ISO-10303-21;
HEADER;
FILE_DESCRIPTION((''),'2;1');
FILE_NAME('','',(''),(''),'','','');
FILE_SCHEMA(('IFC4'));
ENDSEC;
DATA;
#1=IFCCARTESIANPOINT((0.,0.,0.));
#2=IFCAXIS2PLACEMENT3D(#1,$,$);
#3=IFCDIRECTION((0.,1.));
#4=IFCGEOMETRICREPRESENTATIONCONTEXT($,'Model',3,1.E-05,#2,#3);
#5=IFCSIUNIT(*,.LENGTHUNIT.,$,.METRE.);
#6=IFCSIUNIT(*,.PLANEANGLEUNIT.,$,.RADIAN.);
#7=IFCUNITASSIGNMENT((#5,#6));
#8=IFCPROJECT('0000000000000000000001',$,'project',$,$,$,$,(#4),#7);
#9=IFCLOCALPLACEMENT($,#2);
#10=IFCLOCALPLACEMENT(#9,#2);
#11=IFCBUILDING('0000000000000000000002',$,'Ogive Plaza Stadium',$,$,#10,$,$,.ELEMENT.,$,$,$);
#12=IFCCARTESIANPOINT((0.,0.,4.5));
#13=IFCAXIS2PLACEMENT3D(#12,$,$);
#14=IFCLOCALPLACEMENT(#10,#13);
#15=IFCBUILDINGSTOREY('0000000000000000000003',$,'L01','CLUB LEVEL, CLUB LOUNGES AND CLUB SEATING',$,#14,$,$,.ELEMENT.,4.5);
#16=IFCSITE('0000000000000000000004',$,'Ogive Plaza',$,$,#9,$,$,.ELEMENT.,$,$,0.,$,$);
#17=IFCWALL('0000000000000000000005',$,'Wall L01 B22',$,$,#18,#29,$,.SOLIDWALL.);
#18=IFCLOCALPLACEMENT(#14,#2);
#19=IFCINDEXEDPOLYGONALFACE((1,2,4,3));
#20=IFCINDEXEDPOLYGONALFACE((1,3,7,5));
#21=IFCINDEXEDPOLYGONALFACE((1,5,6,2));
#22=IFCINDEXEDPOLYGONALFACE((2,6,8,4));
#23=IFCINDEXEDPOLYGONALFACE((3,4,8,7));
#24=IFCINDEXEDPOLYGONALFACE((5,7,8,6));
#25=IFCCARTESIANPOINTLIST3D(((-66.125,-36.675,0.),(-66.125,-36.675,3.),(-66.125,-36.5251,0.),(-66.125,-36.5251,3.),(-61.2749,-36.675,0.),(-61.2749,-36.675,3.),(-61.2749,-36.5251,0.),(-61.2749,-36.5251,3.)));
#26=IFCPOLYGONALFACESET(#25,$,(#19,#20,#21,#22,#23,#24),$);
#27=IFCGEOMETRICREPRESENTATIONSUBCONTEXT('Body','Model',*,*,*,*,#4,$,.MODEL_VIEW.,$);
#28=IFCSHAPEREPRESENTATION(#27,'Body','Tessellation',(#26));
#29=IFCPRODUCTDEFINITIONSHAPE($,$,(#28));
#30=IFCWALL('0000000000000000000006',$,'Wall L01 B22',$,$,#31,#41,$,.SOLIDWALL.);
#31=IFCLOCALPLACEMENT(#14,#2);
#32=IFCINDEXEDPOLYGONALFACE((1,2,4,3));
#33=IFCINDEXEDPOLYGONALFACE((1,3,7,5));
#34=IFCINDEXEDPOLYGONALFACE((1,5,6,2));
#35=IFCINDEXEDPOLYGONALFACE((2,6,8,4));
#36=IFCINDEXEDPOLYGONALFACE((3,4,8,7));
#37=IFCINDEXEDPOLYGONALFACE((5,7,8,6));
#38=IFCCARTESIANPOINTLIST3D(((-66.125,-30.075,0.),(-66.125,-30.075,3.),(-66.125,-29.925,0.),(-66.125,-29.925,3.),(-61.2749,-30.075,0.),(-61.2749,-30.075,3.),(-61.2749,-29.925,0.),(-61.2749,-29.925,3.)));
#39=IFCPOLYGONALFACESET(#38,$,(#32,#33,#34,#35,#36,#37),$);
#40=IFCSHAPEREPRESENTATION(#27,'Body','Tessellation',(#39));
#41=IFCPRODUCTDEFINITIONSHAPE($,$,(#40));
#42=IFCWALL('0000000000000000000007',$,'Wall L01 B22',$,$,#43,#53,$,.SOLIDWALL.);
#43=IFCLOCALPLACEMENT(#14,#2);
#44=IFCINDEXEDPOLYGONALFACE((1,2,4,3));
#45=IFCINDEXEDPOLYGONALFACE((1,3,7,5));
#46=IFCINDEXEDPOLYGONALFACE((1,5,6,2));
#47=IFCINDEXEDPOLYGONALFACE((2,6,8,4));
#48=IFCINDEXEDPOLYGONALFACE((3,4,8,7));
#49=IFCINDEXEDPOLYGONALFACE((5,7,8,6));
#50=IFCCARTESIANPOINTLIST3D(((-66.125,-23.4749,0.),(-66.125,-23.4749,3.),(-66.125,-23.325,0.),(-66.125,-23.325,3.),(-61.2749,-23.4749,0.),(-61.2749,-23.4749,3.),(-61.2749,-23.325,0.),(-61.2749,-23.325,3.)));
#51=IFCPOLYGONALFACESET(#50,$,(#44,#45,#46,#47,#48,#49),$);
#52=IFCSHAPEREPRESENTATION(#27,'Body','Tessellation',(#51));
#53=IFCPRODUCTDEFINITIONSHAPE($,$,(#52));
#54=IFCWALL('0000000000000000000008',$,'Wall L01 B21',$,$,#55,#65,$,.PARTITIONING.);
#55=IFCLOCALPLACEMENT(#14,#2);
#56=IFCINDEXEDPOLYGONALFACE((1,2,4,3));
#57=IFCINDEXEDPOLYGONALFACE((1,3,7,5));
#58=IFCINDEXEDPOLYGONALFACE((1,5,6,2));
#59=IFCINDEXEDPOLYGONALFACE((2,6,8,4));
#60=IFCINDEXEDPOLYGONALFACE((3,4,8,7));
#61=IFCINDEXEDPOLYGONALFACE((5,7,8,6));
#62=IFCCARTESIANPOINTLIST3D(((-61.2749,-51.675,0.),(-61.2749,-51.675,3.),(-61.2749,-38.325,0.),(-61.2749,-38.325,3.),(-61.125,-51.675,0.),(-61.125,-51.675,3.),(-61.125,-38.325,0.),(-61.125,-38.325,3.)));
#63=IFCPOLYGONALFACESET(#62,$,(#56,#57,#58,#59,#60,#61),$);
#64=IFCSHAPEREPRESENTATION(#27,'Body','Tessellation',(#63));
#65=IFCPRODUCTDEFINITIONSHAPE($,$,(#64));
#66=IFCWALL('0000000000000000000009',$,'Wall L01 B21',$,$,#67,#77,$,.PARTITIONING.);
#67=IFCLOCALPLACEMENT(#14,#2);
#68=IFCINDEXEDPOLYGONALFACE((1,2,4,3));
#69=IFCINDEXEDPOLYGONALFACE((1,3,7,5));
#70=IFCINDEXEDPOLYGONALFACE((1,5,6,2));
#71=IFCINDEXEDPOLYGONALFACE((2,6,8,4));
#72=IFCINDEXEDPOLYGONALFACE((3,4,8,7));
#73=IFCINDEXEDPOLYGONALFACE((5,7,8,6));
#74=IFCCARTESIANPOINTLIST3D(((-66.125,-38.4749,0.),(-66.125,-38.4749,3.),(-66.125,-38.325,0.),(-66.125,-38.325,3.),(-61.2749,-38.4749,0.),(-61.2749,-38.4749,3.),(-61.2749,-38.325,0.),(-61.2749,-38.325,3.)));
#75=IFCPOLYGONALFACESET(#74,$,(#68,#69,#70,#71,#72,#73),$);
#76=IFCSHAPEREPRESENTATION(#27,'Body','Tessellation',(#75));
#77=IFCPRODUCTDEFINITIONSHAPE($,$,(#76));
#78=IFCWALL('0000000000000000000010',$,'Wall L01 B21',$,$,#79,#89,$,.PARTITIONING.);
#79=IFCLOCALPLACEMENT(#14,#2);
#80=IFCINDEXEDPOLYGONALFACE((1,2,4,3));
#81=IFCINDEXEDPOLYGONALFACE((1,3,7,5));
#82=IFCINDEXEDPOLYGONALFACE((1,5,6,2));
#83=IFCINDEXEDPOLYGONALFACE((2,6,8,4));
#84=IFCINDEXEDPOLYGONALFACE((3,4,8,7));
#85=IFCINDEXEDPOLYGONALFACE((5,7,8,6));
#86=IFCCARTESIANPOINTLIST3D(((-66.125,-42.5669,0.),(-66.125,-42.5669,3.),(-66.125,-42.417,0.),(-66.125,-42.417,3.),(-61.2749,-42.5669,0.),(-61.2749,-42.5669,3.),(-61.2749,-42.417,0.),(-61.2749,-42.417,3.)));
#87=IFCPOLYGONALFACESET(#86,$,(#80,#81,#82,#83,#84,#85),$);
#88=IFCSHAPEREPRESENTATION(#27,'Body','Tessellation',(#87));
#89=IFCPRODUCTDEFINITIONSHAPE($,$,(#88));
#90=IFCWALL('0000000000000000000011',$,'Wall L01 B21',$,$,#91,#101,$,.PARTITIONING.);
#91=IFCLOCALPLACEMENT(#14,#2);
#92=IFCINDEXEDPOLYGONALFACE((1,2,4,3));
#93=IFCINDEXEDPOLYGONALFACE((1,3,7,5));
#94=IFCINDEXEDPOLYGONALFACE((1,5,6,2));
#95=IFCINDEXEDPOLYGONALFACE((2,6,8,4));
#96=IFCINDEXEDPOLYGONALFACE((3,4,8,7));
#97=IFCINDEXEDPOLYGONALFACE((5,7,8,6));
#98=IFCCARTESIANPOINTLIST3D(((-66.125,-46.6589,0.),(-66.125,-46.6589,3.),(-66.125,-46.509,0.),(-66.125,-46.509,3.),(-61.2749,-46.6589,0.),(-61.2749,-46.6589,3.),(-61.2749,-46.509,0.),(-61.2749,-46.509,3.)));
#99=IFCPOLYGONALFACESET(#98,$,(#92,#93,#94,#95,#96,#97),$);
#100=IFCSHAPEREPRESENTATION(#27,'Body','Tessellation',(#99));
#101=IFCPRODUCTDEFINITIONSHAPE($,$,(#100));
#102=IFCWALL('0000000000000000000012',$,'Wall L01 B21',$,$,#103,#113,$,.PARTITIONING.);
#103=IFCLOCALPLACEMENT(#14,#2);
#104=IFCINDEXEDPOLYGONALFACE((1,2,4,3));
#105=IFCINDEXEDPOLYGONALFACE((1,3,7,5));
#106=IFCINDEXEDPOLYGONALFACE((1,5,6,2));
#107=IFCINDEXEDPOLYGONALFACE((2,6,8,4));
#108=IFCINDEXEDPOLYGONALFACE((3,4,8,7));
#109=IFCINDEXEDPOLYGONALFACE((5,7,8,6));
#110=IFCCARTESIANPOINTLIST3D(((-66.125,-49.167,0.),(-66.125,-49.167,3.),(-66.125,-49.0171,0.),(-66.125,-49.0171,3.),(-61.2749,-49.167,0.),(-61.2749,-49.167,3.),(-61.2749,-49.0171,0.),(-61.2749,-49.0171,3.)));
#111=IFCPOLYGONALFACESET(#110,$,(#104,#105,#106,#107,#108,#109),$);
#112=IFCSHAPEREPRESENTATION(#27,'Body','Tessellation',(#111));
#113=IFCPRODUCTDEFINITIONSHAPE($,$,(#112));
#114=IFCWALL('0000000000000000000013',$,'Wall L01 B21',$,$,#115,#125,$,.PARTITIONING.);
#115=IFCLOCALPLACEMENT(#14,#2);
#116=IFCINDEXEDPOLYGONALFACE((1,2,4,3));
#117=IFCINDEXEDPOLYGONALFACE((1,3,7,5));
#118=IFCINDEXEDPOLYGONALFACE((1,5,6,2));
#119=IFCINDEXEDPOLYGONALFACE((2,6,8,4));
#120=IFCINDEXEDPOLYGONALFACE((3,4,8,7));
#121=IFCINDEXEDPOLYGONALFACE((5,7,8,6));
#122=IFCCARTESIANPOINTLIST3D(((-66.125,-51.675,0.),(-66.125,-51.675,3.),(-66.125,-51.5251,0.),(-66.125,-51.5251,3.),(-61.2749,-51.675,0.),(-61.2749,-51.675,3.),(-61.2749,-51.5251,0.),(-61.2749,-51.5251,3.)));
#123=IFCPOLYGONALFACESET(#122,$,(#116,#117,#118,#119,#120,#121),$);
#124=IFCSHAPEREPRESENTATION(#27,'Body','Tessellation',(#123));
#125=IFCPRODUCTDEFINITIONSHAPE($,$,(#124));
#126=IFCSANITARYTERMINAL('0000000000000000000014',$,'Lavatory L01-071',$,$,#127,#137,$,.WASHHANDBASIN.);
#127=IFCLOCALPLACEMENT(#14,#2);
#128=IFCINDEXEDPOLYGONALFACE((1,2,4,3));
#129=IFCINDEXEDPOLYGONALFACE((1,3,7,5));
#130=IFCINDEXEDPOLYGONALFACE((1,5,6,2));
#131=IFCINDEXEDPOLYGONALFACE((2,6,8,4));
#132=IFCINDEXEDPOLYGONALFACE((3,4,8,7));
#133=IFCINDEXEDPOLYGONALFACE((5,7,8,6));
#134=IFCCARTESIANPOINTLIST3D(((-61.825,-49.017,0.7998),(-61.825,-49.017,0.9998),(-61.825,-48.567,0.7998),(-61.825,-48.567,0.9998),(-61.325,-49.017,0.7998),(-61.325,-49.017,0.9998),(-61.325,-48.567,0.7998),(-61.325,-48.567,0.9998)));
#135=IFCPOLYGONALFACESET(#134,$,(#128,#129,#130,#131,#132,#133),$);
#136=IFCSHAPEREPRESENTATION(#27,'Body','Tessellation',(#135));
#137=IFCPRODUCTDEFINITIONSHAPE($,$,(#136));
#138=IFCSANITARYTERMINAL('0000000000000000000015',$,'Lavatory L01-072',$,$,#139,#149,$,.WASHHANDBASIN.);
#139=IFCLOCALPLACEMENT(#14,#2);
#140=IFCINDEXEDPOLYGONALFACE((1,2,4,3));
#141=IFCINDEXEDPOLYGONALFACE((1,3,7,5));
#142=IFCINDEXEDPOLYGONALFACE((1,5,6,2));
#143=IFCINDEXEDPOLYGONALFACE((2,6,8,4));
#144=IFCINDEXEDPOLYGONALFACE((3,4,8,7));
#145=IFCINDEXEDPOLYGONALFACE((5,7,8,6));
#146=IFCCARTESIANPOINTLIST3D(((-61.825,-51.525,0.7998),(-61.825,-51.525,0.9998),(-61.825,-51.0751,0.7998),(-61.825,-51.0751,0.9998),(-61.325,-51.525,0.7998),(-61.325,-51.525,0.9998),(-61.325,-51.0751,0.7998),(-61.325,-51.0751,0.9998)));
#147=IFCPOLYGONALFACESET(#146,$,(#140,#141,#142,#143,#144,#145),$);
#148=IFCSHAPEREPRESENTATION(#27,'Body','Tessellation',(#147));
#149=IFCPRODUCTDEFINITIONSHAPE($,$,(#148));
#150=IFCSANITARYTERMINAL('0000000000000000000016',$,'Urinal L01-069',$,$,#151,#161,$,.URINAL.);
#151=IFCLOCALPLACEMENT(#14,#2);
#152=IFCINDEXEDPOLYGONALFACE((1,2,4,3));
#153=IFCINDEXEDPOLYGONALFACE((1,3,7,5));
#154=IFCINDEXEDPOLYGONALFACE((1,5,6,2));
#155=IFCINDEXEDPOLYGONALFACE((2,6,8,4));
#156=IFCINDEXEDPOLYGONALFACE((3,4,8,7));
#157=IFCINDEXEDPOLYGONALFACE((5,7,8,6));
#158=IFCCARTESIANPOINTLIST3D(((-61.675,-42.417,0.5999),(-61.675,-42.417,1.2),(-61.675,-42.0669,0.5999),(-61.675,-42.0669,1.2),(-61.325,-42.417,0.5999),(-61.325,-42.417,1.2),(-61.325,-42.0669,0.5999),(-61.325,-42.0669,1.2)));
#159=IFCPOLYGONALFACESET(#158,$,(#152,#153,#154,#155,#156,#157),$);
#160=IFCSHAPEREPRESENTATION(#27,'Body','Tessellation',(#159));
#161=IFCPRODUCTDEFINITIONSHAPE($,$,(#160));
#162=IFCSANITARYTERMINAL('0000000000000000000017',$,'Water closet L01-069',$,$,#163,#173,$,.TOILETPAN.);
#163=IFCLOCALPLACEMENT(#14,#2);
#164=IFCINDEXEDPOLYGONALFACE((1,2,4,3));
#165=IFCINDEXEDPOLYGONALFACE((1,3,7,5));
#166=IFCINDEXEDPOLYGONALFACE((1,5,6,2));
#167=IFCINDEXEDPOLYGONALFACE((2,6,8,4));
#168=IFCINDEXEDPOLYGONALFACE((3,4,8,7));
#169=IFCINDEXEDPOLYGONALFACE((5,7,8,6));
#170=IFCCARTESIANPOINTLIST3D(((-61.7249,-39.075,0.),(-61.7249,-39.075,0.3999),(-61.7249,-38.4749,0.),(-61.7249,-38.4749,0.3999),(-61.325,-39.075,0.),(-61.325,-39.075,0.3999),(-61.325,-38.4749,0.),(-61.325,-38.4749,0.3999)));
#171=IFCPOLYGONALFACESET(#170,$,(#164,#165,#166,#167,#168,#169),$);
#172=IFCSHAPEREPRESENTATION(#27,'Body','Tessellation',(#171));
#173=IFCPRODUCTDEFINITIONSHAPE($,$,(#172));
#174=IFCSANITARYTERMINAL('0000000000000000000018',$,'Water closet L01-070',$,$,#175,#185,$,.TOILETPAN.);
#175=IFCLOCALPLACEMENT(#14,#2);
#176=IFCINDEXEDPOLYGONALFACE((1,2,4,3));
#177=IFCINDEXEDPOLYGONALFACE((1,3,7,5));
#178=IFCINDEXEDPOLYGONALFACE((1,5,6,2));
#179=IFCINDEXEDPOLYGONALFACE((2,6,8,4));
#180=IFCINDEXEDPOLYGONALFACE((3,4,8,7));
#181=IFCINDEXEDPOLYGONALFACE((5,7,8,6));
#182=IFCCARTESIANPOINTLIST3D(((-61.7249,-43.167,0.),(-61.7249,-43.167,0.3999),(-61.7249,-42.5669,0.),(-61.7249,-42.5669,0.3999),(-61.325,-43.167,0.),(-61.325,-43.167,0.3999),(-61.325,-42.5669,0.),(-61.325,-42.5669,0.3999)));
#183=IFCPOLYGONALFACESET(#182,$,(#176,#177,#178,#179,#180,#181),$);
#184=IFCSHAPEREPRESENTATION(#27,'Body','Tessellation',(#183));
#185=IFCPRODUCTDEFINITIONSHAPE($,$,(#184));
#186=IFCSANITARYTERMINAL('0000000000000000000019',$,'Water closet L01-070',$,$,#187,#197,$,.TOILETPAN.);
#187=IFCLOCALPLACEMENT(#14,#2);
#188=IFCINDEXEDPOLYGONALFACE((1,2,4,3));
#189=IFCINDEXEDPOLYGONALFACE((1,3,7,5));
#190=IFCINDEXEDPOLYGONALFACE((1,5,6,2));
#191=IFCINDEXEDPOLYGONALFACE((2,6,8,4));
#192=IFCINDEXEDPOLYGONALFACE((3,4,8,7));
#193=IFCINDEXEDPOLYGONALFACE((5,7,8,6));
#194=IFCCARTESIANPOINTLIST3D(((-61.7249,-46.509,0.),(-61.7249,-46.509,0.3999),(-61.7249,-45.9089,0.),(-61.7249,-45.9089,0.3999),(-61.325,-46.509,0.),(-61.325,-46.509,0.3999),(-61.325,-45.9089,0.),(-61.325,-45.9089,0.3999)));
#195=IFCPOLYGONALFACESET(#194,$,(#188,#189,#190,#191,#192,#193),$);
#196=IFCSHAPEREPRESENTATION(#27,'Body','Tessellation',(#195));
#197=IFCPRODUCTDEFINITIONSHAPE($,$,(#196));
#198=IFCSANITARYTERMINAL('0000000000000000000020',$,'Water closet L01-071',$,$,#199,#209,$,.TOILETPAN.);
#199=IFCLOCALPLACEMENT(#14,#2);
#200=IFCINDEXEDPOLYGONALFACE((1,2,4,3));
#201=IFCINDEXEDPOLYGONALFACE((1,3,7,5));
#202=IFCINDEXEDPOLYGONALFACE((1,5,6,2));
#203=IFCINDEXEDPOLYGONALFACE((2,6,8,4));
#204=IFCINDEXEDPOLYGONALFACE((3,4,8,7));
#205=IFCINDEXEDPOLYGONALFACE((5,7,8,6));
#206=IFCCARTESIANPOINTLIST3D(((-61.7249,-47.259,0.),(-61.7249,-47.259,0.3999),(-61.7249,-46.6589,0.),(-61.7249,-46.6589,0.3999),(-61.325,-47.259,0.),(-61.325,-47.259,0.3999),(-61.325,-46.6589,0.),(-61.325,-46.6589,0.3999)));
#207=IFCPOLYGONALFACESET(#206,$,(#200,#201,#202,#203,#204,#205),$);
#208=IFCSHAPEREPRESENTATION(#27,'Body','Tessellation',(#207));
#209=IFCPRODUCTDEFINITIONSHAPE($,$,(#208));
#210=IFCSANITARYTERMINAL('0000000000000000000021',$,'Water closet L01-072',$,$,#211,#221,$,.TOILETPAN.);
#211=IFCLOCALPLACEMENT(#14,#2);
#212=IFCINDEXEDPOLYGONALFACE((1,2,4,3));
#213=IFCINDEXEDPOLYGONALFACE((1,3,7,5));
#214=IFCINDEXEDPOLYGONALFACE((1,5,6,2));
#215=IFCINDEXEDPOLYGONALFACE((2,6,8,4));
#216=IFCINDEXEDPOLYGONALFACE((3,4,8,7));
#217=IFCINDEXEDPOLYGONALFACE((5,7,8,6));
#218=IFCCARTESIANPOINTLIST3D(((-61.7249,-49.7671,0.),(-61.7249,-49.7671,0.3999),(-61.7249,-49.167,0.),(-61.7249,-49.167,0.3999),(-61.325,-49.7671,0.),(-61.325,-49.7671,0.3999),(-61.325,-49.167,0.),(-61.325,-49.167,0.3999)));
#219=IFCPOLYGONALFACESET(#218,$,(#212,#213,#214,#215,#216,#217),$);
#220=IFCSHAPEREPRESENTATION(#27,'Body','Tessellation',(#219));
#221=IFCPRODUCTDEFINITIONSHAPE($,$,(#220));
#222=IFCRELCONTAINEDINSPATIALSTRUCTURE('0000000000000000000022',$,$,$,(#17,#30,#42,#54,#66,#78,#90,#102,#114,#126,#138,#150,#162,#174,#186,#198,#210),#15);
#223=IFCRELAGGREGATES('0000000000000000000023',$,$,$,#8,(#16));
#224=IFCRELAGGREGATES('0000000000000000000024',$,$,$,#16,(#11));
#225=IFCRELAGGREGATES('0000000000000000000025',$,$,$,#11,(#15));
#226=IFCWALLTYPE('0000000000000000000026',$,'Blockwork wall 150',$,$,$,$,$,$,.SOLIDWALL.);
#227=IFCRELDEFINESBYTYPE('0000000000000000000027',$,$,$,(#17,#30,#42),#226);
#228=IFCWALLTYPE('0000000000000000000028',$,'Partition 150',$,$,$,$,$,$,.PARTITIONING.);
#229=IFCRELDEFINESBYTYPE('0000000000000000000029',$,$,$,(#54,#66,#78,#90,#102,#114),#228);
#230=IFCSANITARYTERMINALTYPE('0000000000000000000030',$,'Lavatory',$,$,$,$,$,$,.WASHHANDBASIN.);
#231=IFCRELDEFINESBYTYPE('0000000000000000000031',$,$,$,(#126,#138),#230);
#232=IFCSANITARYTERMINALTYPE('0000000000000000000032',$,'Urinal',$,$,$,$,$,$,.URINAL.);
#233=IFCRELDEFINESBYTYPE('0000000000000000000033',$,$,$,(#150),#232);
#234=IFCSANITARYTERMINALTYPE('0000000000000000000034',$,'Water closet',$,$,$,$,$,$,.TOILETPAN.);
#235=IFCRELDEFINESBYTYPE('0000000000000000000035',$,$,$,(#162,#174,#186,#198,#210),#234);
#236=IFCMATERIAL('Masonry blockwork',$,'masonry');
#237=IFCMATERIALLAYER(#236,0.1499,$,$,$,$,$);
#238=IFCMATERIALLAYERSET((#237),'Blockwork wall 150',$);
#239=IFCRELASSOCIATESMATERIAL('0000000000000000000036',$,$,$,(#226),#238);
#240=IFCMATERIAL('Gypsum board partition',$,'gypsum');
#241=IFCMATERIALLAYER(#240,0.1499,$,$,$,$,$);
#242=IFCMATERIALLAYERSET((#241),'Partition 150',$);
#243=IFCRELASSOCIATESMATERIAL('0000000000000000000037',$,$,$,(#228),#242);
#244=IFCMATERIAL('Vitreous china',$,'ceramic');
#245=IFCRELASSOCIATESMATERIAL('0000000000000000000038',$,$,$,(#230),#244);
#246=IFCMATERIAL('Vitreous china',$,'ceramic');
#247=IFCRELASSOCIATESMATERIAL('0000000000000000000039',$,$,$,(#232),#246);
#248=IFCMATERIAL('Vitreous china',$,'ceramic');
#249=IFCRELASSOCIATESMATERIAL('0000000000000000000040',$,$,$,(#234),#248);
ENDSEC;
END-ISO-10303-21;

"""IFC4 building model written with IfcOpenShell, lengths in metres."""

from ifc_helpers import new_model, si_unit, direction, frame, frame_2d, origin, origin_2d, place, context, subcontext, project, spatial, rectangle, extrude, material, layer, layer_set, type_object, element, save


model = new_model("IFC4")

# Units and contexts
model_context = context("Model", 3, precision=1e-05, world=origin(), true_north=direction((0.0, 1.0)))
body_context = subcontext(model_context, "Body", "Model", "MODEL_VIEW")
ifc_project = project(units=[si_unit("LENGTHUNIT", "METRE"), si_unit("PLANEANGLEUNIT", "RADIAN")], contexts=[model_context])

# Site, building, storey
site_placement = place(None, origin())
site = spatial("IfcSite", under=ifc_project, at=site_placement, Name="Ogive Plaza", CompositionType="ELEMENT", RefElevation=0.0)
building_placement = place(site_placement, origin())
building = spatial("IfcBuilding", under=site, at=building_placement, Name="Ogive Plaza Stadium", CompositionType="ELEMENT")
storey_placement = place(building_placement, frame((0.0, 0.0, 4.5)))
storey = spatial("IfcBuildingStorey", under=building, at=storey_placement, Name="L01", Description="CLUB LEVEL, CLUB LOUNGES AND CLUB SEATING", CompositionType="ELEMENT", Elevation=4.5)

# Walls
ifc_material_1 = material(Name="Masonry blockwork", Category="masonry")
ifc_layer_1 = layer(ifc_material_1, 0.1499)
ifc_layer_set_1 = layer_set([ifc_layer_1], Name="Blockwork wall 150")
wall_type_1 = type_object("IfcWallType", Name="Blockwork wall 150", PredefinedType="SOLIDWALL", material=ifc_layer_set_1)
for number, where, z_axis, x_axis, name in (
    (1, (-61.2749, -36.6001, 0.0), (0.0, 0.0, 1.0), (-1.0, 0.0, 0.0), "Wall L01 B22"),
    (2, (-61.2749, -30.0, 0.0), (0.0, 0.0, 1.0), (-1.0, 0.0, 0.0), "Wall L01 B22"),
    (3, (-61.2749, -23.3999, 0.0), (0.0, 0.0, 1.0), (-1.0, 0.0, 0.0), "Wall L01 B22"),
):
    element("IfcWall", number, at=place(storey_placement, frame(where, z_axis=z_axis, x_axis=x_axis)), inside=storey, type_object=wall_type_1, Name=name, PredefinedType="SOLIDWALL", context=body_context, shape_type="SweptSolid", body=[
        extrude(rectangle(XDim=4.8501, YDim=0.1499, at=frame_2d((2.425, 0.0))), origin(), (0.0, 0.0, 1.0), 3.0),
    ])
ifc_material_2 = material(Name="Gypsum board partition", Category="gypsum")
ifc_layer_2 = layer(ifc_material_2, 0.1499)
ifc_layer_set_2 = layer_set([ifc_layer_2], Name="Partition 150")
wall_type_2 = type_object("IfcWallType", Name="Partition 150", PredefinedType="PARTITIONING", material=ifc_layer_set_2)
wall_1_placement = place(storey_placement, frame((-61.2, -38.325, 0.0), z_axis=(0.0, 0.0, 1.0), x_axis=(0.0, -1.0, 0.0)))
element("IfcWall", 4, at=wall_1_placement, inside=storey, type_object=wall_type_2, Name="Wall L01 B21", PredefinedType="PARTITIONING", context=body_context, shape_type="SweptSolid", body=[
    extrude(rectangle(XDim=13.3501, YDim=0.1499, at=frame_2d((6.675, 0.0))), origin(), (0.0, 0.0, 1.0), 3.0),
])
for number, where, z_axis, x_axis, name in (
    (5, (-61.2749, -38.3999, 0.0), (0.0, 0.0, 1.0), (-1.0, 0.0, 0.0), "Wall L01 B21"),
    (6, (-61.2749, -42.4919, 0.0), (0.0, 0.0, 1.0), (-1.0, 0.0, 0.0), "Wall L01 B21"),
    (7, (-61.2749, -46.584, 0.0), (0.0, 0.0, 1.0), (-1.0, 0.0, 0.0), "Wall L01 B21"),
    (8, (-61.2749, -49.092, 0.0), (0.0, 0.0, 1.0), (-1.0, 0.0, 0.0), "Wall L01 B21"),
    (9, (-61.2749, -51.6001, 0.0), (0.0, 0.0, 1.0), (-1.0, 0.0, 0.0), "Wall L01 B21"),
):
    element("IfcWall", number, at=place(storey_placement, frame(where, z_axis=z_axis, x_axis=x_axis)), inside=storey, type_object=wall_type_2, Name=name, PredefinedType="PARTITIONING", context=body_context, shape_type="SweptSolid", body=[
        extrude(rectangle(XDim=4.8501, YDim=0.1499, at=frame_2d((2.425, 0.0))), origin(), (0.0, 0.0, 1.0), 3.0),
    ])

# Sanitary terminals
ifc_material_3 = material(Name="Vitreous china", Category="ceramic")
sanitary_terminal_type_1 = type_object("IfcSanitaryTerminalType", Name="Lavatory", PredefinedType="WASHHANDBASIN", material=ifc_material_3)
for number, where, z_axis, x_axis, name in (
    (10, (-61.575, -48.792, 0.7998), (0.0, 0.0, 1.0), (-1.0, 0.0, 0.0), "Lavatory L01-071"),
    (11, (-61.575, -51.3, 0.7998), (0.0, 0.0, 1.0), (-1.0, 0.0, 0.0), "Lavatory L01-072"),
):
    element("IfcSanitaryTerminal", number, at=place(storey_placement, frame(where, z_axis=z_axis, x_axis=x_axis)), inside=storey, type_object=sanitary_terminal_type_1, Name=name, PredefinedType="WASHHANDBASIN", context=body_context, shape_type="SweptSolid", body=[
        extrude(rectangle(XDim=0.5, YDim=0.45, at=origin_2d()), origin(), (0.0, 0.0, 1.0), 0.2),
    ])
ifc_material_4 = material(Name="Vitreous china", Category="ceramic")
sanitary_terminal_type_2 = type_object("IfcSanitaryTerminalType", Name="Urinal", PredefinedType="URINAL", material=ifc_material_4)
sanitary_terminal_placement = place(storey_placement, frame((-61.5, -42.2419, 0.5999), z_axis=(0.0, 0.0, 1.0), x_axis=(-1.0, 0.0, 0.0)))
element("IfcSanitaryTerminal", 12, at=sanitary_terminal_placement, inside=storey, type_object=sanitary_terminal_type_2, Name="Urinal L01-069", PredefinedType="URINAL", context=body_context, shape_type="SweptSolid", body=[
    extrude(rectangle(XDim=0.3501, YDim=0.3501, at=origin_2d()), origin(), (0.0, 0.0, 1.0), 0.6001),
])
ifc_material_5 = material(Name="Vitreous china", Category="ceramic")
sanitary_terminal_type_3 = type_object("IfcSanitaryTerminalType", Name="Water closet", PredefinedType="TOILETPAN", material=ifc_material_5)
for number, where, z_axis, x_axis, name in (
    (13, (-61.5249, -38.7749, 0.0), (0.0, 0.0, 1.0), (-1.0, 0.0, 0.0), "Water closet L01-069"),
    (14, (-61.5249, -42.8669, 0.0), (0.0, 0.0, 1.0), (-1.0, 0.0, 0.0), "Water closet L01-070"),
    (15, (-61.5249, -46.209, 0.0), (0.0, 0.0, 1.0), (-1.0, 0.0, 0.0), "Water closet L01-070"),
    (16, (-61.5249, -46.959, 0.0), (0.0, 0.0, 1.0), (-1.0, 0.0, 0.0), "Water closet L01-071"),
    (17, (-61.5249, -49.467, 0.0), (0.0, 0.0, 1.0), (-1.0, 0.0, 0.0), "Water closet L01-072"),
):
    element("IfcSanitaryTerminal", number, at=place(storey_placement, frame(where, z_axis=z_axis, x_axis=x_axis)), inside=storey, type_object=sanitary_terminal_type_3, Name=name, PredefinedType="TOILETPAN", context=body_context, shape_type="SweptSolid", body=[
        extrude(rectangle(XDim=0.3999, YDim=0.6001, at=origin_2d()), origin(), (0.0, 0.0, 1.0), 0.3999),
    ])

save(model, "model.ifc")
